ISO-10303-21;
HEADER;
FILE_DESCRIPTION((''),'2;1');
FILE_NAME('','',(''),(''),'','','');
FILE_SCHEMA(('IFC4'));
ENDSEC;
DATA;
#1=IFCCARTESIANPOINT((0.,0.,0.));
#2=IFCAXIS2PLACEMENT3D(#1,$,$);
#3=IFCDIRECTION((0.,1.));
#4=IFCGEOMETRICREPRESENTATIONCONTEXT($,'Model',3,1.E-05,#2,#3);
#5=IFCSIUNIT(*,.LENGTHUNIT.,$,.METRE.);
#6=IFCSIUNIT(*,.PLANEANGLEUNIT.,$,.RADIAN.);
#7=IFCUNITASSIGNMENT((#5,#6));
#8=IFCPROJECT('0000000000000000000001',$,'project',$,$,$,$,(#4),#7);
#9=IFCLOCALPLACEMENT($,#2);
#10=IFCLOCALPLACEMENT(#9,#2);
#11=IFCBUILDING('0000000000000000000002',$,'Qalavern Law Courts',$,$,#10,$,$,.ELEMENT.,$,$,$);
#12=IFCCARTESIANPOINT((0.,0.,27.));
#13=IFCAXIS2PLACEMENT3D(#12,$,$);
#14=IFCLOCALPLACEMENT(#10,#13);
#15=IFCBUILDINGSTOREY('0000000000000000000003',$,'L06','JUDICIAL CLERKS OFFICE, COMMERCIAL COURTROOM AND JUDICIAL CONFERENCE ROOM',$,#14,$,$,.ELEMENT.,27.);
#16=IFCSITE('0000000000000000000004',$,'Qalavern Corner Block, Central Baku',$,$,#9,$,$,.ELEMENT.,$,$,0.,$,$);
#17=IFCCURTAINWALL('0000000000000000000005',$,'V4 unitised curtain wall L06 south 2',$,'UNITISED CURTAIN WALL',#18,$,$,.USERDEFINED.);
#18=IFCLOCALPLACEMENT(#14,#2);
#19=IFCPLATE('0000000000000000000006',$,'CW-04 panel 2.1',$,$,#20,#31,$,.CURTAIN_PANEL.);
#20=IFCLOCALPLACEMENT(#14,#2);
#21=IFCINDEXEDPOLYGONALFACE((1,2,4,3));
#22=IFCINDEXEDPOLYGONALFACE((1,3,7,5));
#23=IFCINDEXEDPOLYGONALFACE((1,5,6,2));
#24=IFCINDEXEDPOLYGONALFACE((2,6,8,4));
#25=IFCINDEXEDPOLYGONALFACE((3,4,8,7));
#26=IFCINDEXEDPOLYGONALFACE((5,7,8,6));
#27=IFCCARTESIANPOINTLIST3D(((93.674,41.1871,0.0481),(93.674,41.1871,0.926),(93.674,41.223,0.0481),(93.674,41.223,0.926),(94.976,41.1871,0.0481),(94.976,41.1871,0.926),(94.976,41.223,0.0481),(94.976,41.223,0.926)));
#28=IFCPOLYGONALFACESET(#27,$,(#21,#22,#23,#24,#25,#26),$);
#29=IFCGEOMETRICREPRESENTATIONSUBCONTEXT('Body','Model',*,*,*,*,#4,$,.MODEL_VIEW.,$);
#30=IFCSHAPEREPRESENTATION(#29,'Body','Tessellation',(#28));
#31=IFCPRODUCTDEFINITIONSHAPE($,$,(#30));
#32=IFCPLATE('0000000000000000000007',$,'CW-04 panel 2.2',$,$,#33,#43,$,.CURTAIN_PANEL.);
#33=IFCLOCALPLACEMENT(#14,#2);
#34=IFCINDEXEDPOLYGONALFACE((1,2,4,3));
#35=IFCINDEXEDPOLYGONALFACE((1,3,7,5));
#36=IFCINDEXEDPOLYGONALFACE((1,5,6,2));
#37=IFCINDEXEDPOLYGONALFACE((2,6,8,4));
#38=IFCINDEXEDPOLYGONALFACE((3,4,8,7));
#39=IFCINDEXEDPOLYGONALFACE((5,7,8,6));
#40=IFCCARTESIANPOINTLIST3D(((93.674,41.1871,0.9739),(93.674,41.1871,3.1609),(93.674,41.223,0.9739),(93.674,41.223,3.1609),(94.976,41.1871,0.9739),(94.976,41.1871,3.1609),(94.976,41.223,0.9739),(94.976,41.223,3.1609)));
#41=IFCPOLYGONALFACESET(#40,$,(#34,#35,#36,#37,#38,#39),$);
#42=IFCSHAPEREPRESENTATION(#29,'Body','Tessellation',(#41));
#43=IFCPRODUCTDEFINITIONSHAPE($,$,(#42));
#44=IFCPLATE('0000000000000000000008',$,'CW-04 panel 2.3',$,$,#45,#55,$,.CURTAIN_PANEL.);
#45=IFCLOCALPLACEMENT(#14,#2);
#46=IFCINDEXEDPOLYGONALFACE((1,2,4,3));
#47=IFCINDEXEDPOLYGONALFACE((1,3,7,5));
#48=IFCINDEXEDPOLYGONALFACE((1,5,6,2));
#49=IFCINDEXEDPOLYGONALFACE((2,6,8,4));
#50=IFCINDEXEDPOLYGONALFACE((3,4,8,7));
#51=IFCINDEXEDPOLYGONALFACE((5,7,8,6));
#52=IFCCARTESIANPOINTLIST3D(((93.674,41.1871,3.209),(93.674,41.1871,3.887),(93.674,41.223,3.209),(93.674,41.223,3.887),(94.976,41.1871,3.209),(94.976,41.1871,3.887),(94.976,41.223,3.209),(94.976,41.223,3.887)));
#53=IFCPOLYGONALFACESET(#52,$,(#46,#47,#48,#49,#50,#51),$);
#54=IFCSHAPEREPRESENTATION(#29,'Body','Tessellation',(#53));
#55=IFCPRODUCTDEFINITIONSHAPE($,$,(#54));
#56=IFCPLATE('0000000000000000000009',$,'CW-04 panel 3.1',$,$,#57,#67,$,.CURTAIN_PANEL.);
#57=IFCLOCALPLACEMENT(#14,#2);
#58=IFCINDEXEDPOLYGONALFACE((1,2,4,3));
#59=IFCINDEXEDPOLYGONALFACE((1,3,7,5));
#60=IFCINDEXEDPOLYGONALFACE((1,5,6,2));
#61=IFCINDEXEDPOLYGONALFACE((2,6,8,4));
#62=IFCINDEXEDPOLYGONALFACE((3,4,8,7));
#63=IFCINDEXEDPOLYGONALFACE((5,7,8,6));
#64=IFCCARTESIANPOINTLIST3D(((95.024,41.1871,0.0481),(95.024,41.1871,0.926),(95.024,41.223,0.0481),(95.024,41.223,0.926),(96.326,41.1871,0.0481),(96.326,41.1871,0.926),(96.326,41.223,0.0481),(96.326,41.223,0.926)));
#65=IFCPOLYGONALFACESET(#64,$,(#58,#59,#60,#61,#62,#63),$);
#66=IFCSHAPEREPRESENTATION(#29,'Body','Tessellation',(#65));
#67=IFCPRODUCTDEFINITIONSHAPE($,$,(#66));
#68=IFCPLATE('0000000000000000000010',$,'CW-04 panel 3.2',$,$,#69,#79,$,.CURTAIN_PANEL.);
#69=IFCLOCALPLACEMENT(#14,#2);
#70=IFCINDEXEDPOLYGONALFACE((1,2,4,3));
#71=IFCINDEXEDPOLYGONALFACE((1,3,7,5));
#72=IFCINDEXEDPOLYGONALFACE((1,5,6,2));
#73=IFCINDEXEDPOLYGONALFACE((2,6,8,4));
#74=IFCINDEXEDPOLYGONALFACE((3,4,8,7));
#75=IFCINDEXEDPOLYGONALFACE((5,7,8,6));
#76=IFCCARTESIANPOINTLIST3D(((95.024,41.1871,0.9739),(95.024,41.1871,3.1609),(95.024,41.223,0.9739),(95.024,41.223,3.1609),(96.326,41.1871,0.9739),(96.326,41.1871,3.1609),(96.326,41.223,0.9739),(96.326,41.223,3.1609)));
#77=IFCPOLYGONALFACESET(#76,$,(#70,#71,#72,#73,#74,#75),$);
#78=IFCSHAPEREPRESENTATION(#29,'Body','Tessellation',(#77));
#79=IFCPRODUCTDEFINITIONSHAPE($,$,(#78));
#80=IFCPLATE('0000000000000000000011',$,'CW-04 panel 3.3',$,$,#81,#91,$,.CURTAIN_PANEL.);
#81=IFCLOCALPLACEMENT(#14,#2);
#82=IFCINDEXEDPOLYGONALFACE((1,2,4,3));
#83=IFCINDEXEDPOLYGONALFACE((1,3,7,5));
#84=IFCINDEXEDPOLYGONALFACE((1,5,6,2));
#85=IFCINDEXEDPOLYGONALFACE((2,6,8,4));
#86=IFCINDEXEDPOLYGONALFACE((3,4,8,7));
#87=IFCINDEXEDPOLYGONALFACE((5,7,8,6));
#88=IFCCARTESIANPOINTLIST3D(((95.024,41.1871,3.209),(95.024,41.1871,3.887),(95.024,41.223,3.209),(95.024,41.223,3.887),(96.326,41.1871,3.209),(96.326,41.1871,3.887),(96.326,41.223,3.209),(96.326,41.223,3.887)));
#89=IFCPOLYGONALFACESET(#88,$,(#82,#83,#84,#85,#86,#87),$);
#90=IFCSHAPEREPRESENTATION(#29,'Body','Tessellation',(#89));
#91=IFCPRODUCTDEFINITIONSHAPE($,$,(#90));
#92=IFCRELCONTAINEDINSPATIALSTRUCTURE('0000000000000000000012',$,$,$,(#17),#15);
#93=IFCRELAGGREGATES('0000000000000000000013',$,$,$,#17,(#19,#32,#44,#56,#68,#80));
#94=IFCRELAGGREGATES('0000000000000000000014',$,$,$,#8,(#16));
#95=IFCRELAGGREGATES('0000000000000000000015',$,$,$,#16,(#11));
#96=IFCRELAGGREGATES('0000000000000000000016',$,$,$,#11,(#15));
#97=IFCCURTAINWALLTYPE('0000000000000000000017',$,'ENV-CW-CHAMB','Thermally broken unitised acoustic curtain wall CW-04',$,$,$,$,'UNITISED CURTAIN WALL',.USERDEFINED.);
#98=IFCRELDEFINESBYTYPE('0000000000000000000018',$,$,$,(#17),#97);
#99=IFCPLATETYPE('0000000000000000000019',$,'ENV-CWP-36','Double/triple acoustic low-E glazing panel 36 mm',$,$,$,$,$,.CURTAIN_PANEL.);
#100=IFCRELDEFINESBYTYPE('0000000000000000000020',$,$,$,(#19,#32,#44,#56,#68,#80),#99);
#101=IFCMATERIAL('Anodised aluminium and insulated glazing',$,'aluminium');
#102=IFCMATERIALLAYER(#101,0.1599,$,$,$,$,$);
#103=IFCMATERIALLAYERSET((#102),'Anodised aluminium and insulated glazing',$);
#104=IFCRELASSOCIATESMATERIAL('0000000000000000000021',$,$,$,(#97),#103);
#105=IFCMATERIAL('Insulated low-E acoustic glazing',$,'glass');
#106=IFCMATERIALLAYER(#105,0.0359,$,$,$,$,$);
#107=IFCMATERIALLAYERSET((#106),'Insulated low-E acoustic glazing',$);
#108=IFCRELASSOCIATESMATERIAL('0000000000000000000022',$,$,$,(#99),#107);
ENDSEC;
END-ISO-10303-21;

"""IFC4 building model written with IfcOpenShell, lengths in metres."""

from ifc_helpers import new_model, si_unit, direction, frame, origin, origin_2d, place, context, subcontext, project, spatial, rectangle, extrude, material, layer, layer_set, type_object, element, aggregate, save


model = new_model("IFC4")

# Units and contexts
model_context = context("Model", 3, precision=1e-05, world=origin(), true_north=direction((0.0, 1.0)))
body_context = subcontext(model_context, "Body", "Model", "MODEL_VIEW")
ifc_project = project(units=[si_unit("LENGTHUNIT", "METRE"), si_unit("PLANEANGLEUNIT", "RADIAN")], contexts=[model_context])

# Site, building, storey
site_placement = place(None, origin())
site = spatial("IfcSite", under=ifc_project, at=site_placement, Name="Qalavern Corner Block, Central Baku", CompositionType="ELEMENT", RefElevation=0.0)
building_placement = place(site_placement, origin())
building = spatial("IfcBuilding", under=site, at=building_placement, Name="Qalavern Law Courts", CompositionType="ELEMENT")
storey_placement = place(building_placement, frame((0.0, 0.0, 27.0)))
storey = spatial("IfcBuildingStorey", under=building, at=storey_placement, Name="L06", Description="JUDICIAL CLERKS OFFICE, COMMERCIAL COURTROOM AND JUDICIAL CONFERENCE ROOM", CompositionType="ELEMENT", Elevation=27.0)

# Curtain wall, plates
ifc_material_1 = material(Name="Anodised aluminium and insulated glazing", Category="aluminium")
ifc_layer_1 = layer(ifc_material_1, 0.1599)
ifc_layer_set_1 = layer_set([ifc_layer_1], Name="Anodised aluminium and insulated glazing")
curtain_wall_type = type_object("IfcCurtainWallType", Name="ENV-CW-CHAMB", Description="Thermally broken unitised acoustic curtain wall CW-04", ElementType="UNITISED CURTAIN WALL", PredefinedType="USERDEFINED", material=ifc_layer_set_1)
curtain_wall_placement = place(storey_placement, origin())
curtain_wall = element("IfcCurtainWall", 1, at=curtain_wall_placement, inside=storey, type_object=curtain_wall_type, Name="V4 unitised curtain wall L06 south 2", ObjectType="UNITISED CURTAIN WALL", PredefinedType="USERDEFINED")
ifc_material_2 = material(Name="Insulated low-E acoustic glazing", Category="glass")
ifc_layer_2 = layer(ifc_material_2, 0.0359)
ifc_layer_set_2 = layer_set([ifc_layer_2], Name="Insulated low-E acoustic glazing")
plate_type = type_object("IfcPlateType", Name="ENV-CWP-36", Description="Double/triple acoustic low-E glazing panel 36 mm", PredefinedType="CURTAIN_PANEL", material=ifc_layer_set_2)
plate_1_placement = place(storey_placement, frame((94.325, 41.2051, 0.0481), z_axis=(0.0, 0.0, 1.0), x_axis=(1.0, 0.0, 0.0)))
plate_1 = element("IfcPlate", 2, at=plate_1_placement, type_object=plate_type, Name="CW-04 panel 2.1", PredefinedType="CURTAIN_PANEL", context=body_context, shape_type="SweptSolid", body=[
    extrude(rectangle(XDim=1.302, YDim=0.0359, at=origin_2d()), origin(), (0.0, 0.0, 1.0), 0.8779),
])
plate_2_placement = place(storey_placement, frame((94.325, 41.2051, 0.9739), z_axis=(0.0, 0.0, 1.0), x_axis=(1.0, 0.0, 0.0)))
plate_2 = element("IfcPlate", 3, at=plate_2_placement, type_object=plate_type, Name="CW-04 panel 2.2", PredefinedType="CURTAIN_PANEL", context=body_context, shape_type="SweptSolid", body=[
    extrude(rectangle(XDim=1.302, YDim=0.0359, at=origin_2d()), origin(), (0.0, 0.0, 1.0), 2.187),
])
plate_3_placement = place(storey_placement, frame((94.325, 41.2051, 3.209), z_axis=(0.0, 0.0, 1.0), x_axis=(1.0, 0.0, 0.0)))
plate_3 = element("IfcPlate", 4, at=plate_3_placement, type_object=plate_type, Name="CW-04 panel 2.3", PredefinedType="CURTAIN_PANEL", context=body_context, shape_type="SweptSolid", body=[
    extrude(rectangle(XDim=1.302, YDim=0.0359, at=origin_2d()), origin(), (0.0, 0.0, 1.0), 0.678),
])
plate_4_placement = place(storey_placement, frame((95.675, 41.2051, 0.0481), z_axis=(0.0, 0.0, 1.0), x_axis=(1.0, 0.0, 0.0)))
plate_4 = element("IfcPlate", 5, at=plate_4_placement, type_object=plate_type, Name="CW-04 panel 3.1", PredefinedType="CURTAIN_PANEL", context=body_context, shape_type="SweptSolid", body=[
    extrude(rectangle(XDim=1.302, YDim=0.0359, at=origin_2d()), origin(), (0.0, 0.0, 1.0), 0.8779),
])
plate_5_placement = place(storey_placement, frame((95.675, 41.2051, 0.9739), z_axis=(0.0, 0.0, 1.0), x_axis=(1.0, 0.0, 0.0)))
plate_5 = element("IfcPlate", 6, at=plate_5_placement, type_object=plate_type, Name="CW-04 panel 3.2", PredefinedType="CURTAIN_PANEL", context=body_context, shape_type="SweptSolid", body=[
    extrude(rectangle(XDim=1.302, YDim=0.0359, at=origin_2d()), origin(), (0.0, 0.0, 1.0), 2.187),
])
plate_6_placement = place(storey_placement, frame((95.675, 41.2051, 3.209), z_axis=(0.0, 0.0, 1.0), x_axis=(1.0, 0.0, 0.0)))
plate_6 = element("IfcPlate", 7, at=plate_6_placement, type_object=plate_type, Name="CW-04 panel 3.3", PredefinedType="CURTAIN_PANEL", context=body_context, shape_type="SweptSolid", body=[
    extrude(rectangle(XDim=1.302, YDim=0.0359, at=origin_2d()), origin(), (0.0, 0.0, 1.0), 0.678),
])
aggregate(curtain_wall, [plate_1, plate_2, plate_3, plate_4, plate_5, plate_6])

save(model, "model.ifc")
